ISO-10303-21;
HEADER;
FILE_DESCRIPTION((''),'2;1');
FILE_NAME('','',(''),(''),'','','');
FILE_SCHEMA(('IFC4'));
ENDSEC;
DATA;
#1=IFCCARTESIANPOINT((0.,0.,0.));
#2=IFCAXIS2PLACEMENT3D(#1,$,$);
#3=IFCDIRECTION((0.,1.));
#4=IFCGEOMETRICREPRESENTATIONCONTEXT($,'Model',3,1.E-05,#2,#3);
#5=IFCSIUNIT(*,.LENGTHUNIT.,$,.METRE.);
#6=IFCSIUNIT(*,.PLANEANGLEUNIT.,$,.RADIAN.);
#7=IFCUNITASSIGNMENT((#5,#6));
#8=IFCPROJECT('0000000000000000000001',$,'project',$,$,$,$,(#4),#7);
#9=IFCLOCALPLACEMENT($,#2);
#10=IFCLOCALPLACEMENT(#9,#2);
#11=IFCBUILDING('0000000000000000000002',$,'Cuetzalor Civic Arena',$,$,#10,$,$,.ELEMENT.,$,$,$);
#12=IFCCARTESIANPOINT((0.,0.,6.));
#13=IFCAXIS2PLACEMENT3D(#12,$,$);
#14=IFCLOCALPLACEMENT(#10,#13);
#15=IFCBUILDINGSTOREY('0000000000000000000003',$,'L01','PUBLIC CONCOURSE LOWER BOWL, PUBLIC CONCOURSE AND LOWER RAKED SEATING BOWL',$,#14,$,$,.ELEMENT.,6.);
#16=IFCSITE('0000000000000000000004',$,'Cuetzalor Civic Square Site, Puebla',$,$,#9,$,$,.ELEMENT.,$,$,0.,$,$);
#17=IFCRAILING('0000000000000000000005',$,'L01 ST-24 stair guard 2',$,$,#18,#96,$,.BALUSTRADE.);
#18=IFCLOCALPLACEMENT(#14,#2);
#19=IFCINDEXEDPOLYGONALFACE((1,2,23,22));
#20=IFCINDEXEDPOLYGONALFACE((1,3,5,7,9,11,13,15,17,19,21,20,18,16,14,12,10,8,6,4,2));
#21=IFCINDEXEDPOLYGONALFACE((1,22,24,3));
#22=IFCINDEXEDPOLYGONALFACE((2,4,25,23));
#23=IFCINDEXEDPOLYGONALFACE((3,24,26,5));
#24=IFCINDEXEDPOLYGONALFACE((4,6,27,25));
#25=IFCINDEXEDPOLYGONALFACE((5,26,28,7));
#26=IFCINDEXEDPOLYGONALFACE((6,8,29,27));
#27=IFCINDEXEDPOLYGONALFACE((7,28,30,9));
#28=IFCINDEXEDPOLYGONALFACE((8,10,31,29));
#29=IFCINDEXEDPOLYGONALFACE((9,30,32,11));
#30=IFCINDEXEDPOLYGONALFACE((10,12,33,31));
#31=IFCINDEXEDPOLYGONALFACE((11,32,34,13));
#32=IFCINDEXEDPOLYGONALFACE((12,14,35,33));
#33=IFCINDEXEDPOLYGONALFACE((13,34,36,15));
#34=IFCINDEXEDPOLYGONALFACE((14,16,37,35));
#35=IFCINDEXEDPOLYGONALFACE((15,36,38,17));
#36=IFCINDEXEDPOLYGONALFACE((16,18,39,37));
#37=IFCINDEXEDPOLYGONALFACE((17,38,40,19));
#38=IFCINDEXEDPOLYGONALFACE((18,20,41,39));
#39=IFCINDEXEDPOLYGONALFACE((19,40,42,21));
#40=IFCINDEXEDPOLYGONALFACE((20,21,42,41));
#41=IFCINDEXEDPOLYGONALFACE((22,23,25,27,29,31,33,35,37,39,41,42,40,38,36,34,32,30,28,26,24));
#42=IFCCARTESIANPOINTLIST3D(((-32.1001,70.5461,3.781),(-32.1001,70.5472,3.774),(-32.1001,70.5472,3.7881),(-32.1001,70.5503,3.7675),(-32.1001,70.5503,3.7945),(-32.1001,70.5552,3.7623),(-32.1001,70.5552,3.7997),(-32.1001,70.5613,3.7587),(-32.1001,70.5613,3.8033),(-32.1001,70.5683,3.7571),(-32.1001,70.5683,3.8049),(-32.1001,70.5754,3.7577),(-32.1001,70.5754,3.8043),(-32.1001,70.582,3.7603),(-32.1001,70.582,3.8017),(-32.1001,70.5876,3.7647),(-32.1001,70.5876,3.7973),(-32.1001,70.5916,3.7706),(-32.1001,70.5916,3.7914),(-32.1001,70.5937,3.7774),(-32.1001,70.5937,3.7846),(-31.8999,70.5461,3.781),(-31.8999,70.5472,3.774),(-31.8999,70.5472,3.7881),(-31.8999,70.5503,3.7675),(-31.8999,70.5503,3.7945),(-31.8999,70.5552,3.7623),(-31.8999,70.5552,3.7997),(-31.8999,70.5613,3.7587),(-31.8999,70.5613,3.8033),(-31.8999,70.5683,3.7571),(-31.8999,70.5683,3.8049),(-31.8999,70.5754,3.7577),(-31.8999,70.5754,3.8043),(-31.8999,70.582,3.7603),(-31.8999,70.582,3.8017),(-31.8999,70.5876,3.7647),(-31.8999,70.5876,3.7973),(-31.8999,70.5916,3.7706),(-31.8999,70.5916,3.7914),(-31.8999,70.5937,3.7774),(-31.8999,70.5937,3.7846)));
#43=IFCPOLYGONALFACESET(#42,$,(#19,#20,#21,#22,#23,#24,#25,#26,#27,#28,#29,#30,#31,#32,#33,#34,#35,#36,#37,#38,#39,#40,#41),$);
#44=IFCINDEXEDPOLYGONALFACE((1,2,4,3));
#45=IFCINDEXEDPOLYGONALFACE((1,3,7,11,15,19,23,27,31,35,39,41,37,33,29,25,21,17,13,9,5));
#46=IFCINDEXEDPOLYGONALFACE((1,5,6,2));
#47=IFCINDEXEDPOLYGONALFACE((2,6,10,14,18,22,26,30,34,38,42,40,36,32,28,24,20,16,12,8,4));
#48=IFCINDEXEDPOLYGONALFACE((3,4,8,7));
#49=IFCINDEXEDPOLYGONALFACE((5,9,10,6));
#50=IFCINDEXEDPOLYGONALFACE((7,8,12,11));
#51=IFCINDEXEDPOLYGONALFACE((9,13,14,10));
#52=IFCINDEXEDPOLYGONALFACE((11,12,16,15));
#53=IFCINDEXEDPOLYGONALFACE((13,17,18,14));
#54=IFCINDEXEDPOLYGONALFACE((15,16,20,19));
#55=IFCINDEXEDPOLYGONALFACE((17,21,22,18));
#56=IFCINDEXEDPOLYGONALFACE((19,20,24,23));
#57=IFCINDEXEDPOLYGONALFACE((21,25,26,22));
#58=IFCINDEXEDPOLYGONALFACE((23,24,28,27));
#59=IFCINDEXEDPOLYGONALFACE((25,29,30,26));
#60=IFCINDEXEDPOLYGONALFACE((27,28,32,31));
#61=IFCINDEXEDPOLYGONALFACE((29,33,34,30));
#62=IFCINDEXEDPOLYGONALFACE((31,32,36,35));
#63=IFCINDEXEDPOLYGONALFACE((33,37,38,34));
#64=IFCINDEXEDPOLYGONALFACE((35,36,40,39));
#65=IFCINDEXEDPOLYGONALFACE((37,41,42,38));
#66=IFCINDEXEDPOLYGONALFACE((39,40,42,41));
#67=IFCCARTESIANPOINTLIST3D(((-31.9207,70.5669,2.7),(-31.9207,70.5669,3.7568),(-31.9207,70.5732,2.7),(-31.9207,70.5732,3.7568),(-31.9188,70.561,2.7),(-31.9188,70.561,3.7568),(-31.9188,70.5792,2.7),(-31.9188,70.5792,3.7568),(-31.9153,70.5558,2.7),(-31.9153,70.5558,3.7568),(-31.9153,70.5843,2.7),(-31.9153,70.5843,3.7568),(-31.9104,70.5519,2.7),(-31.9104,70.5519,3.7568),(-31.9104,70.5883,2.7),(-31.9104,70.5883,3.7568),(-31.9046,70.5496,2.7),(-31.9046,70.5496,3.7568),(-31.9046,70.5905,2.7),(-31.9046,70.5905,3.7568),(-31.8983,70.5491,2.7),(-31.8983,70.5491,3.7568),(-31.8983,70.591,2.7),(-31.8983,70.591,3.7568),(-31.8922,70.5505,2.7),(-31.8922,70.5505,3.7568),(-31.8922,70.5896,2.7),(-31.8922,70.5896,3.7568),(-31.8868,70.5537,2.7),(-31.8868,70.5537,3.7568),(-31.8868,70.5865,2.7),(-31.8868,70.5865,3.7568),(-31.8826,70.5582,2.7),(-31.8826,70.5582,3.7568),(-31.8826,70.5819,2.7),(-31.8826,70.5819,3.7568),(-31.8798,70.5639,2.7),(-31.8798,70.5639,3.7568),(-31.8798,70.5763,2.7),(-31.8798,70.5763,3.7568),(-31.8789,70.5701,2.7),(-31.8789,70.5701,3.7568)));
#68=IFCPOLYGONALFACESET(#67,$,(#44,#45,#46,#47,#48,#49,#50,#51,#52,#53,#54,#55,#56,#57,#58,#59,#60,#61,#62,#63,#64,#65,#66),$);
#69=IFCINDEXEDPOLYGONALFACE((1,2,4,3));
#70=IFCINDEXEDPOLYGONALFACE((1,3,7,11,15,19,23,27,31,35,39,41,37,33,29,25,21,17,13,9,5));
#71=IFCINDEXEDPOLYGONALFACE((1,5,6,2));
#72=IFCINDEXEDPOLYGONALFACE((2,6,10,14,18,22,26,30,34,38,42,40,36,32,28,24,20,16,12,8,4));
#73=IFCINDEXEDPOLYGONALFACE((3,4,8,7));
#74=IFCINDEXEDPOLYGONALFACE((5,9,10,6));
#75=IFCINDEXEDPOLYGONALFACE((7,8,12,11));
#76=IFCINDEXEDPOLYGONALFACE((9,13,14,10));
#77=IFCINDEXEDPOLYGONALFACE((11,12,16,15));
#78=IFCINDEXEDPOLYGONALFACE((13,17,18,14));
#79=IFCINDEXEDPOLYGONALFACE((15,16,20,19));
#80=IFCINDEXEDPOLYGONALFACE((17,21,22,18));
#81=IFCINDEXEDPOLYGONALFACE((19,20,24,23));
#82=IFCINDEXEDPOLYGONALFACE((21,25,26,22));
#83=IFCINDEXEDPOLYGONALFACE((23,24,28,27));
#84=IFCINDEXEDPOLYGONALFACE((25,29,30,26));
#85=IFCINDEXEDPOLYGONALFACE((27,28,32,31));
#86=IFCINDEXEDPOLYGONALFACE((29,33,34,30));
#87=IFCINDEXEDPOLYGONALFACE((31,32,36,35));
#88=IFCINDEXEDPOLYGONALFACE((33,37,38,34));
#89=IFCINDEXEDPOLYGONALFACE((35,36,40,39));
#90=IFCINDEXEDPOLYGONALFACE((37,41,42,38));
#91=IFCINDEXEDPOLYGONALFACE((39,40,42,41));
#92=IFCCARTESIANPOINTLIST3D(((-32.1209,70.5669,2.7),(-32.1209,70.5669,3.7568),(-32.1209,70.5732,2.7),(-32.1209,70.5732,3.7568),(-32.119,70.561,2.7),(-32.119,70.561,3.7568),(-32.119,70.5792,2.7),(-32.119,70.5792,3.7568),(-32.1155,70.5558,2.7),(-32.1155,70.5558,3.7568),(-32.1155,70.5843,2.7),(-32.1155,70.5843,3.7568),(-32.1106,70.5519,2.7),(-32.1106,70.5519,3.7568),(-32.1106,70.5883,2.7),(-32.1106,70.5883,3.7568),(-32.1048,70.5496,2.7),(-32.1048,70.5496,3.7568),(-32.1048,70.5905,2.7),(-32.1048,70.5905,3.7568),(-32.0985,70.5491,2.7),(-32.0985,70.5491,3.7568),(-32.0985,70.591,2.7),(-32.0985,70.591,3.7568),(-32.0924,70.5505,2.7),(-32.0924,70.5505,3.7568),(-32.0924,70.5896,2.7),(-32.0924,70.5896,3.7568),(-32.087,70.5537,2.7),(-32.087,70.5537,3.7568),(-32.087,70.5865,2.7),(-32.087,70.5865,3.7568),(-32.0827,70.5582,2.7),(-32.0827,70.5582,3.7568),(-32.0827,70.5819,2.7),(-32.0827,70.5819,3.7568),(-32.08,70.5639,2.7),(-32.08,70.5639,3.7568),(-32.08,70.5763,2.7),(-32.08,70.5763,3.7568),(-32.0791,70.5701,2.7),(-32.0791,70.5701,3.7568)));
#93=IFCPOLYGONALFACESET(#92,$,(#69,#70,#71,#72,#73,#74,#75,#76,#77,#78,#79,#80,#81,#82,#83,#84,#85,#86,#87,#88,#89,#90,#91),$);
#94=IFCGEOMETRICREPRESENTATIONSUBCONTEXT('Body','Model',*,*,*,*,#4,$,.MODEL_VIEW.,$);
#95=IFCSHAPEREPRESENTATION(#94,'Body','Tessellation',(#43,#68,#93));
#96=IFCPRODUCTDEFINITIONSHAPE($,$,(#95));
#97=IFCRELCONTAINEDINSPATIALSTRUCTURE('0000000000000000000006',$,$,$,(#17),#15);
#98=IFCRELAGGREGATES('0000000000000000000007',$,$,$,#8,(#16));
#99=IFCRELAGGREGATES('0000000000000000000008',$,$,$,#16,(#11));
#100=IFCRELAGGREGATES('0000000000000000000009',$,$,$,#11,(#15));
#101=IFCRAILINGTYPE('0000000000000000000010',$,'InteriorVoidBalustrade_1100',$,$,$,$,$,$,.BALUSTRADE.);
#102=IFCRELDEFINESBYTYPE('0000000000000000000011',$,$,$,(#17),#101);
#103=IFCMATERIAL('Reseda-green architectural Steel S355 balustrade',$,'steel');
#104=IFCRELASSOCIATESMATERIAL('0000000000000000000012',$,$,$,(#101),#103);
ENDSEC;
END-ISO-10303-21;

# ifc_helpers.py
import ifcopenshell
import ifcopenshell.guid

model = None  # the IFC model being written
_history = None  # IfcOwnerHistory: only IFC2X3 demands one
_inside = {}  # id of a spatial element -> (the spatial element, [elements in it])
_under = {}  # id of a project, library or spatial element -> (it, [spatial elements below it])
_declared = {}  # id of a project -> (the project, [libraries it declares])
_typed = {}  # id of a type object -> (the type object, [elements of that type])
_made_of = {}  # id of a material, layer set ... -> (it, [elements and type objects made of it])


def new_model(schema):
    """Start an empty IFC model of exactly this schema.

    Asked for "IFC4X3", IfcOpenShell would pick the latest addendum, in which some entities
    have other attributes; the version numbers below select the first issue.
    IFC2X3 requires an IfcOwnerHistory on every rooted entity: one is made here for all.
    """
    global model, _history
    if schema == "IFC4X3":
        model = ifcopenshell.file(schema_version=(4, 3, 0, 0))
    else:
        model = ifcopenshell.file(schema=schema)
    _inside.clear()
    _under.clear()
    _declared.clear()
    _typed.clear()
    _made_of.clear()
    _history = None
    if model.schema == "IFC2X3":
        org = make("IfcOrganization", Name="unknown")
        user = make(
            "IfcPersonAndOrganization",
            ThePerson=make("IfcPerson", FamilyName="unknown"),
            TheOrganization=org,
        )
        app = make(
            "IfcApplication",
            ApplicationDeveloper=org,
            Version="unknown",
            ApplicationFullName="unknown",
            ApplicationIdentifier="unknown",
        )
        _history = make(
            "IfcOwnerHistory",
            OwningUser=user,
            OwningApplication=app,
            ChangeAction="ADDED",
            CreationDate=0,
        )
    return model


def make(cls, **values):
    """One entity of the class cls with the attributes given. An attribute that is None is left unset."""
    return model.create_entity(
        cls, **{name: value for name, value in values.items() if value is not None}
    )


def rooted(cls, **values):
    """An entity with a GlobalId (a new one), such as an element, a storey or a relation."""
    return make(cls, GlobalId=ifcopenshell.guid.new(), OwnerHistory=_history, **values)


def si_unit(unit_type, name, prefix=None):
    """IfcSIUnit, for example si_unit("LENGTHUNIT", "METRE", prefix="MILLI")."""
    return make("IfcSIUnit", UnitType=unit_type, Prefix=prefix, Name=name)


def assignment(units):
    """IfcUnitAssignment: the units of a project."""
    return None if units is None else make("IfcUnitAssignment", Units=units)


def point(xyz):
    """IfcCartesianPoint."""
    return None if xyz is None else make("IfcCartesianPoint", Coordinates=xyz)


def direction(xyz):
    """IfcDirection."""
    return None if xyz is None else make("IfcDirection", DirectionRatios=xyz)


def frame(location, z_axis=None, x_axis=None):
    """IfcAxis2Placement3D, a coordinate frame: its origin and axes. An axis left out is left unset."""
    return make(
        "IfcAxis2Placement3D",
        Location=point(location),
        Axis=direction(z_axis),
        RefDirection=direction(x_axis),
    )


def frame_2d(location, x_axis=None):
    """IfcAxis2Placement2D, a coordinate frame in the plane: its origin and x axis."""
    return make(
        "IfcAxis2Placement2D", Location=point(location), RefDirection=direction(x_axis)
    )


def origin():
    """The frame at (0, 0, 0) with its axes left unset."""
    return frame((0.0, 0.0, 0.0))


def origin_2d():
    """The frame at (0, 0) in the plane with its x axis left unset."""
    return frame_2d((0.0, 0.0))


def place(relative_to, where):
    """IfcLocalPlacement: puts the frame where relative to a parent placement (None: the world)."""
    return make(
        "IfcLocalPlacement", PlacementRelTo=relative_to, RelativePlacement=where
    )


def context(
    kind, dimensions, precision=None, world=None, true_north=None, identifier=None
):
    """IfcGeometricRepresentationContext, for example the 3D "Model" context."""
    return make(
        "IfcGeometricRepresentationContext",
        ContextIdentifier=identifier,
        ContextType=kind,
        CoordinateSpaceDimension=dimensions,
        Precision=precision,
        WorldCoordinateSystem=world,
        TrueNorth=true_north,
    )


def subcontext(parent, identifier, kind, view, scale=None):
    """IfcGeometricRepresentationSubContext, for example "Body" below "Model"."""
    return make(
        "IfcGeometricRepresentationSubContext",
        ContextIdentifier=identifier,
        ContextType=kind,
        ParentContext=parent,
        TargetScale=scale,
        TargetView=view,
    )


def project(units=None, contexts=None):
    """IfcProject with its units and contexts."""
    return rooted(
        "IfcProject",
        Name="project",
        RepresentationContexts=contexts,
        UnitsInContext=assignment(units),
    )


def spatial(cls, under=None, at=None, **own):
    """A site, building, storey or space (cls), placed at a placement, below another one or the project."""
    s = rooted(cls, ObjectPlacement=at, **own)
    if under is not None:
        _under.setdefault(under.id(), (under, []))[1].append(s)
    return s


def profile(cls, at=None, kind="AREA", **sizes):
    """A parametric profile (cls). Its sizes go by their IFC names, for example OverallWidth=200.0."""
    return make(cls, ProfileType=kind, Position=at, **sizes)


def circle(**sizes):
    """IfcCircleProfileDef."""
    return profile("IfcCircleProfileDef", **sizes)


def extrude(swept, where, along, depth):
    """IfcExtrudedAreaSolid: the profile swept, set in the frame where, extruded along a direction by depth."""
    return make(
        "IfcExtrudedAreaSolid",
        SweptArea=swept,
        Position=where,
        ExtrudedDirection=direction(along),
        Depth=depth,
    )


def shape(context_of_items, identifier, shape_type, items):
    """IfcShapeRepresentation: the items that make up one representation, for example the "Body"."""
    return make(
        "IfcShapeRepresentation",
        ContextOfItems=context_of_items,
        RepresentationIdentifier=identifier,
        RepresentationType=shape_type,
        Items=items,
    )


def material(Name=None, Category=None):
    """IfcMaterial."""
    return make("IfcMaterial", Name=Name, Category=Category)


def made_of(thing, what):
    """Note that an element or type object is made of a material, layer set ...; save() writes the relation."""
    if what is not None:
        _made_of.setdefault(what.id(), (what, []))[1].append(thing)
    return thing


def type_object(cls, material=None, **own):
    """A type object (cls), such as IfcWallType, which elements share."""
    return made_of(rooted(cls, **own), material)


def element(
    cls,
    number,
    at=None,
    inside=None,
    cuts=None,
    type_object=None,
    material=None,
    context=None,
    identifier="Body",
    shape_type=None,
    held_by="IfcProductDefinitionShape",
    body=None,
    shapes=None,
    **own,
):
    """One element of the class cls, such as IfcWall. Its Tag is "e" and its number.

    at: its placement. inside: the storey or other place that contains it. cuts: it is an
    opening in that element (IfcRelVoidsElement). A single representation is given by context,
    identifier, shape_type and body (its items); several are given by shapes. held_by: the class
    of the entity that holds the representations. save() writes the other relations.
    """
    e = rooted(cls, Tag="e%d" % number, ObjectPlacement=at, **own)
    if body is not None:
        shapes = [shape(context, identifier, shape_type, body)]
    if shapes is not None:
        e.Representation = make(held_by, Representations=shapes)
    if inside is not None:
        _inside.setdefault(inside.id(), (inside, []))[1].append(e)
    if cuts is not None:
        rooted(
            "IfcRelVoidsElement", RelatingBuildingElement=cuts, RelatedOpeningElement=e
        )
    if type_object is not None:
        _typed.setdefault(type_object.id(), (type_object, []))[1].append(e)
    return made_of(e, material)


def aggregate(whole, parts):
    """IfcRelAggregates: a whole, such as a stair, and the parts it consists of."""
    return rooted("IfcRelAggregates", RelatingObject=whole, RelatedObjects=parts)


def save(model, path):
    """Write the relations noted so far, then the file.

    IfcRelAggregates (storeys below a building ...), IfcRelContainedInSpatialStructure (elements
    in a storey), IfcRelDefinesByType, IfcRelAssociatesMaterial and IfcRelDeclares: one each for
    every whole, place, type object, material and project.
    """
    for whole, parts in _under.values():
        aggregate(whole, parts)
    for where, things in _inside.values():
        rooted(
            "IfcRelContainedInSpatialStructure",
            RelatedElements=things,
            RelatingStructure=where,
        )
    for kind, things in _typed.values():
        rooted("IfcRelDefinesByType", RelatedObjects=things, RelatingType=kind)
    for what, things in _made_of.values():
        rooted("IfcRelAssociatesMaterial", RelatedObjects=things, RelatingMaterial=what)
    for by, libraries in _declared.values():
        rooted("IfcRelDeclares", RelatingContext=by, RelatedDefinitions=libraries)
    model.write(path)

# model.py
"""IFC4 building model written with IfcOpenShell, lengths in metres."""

from ifc_helpers import new_model, si_unit, direction, frame, origin, origin_2d, place, context, subcontext, project, spatial, circle, extrude, material, type_object, element, save


model = new_model("IFC4")

# Units and contexts
model_context = context("Model", 3, precision=1e-05, world=origin(), true_north=direction((0.0, 1.0)))
body_context = subcontext(model_context, "Body", "Model", "MODEL_VIEW")
ifc_project = project(units=[si_unit("LENGTHUNIT", "METRE"), si_unit("PLANEANGLEUNIT", "RADIAN")], contexts=[model_context])

# Site, building, storey
site_placement = place(None, origin())
site = spatial("IfcSite", under=ifc_project, at=site_placement, Name="Cuetzalor Civic Square Site, Puebla", CompositionType="ELEMENT", RefElevation=0.0)
building_placement = place(site_placement, origin())
building = spatial("IfcBuilding", under=site, at=building_placement, Name="Cuetzalor Civic Arena", CompositionType="ELEMENT")
storey_placement = place(building_placement, frame((0.0, 0.0, 6.0)))
storey = spatial("IfcBuildingStorey", under=building, at=storey_placement, Name="L01", Description="PUBLIC CONCOURSE LOWER BOWL, PUBLIC CONCOURSE AND LOWER RAKED SEATING BOWL", CompositionType="ELEMENT", Elevation=6.0)

# Railing
ifc_material_1 = material(Name="Reseda-green architectural Steel S355 balustrade", Category="steel")
railing_type_1 = type_object("IfcRailingType", Name="InteriorVoidBalustrade_1100", PredefinedType="BALUSTRADE", material=ifc_material_1)
railing_1_placement = place(storey_placement, frame((-31.8999, 70.5701, 2.7)))
element("IfcRailing", 1, at=railing_1_placement, inside=storey, type_object=railing_type_1, Name="L01 ST-24 stair guard 2", PredefinedType="BALUSTRADE", context=body_context, shape_type="SweptSolid", body=[
    extrude(circle(Radius=0.0239, at=origin_2d()), frame((0.0, 0.0, 1.0811), z_axis=(-1.0, 0.0, 0.0), x_axis=(0.0, -1.0, 0.0)), (0.0, 0.0, 1.0), 0.2002),
    extrude(circle(Radius=0.021, at=origin_2d()), origin(), (0.0, 0.0, 1.0), 1.0569),
    extrude(circle(Radius=0.021, at=origin_2d()), frame((-0.2002, 0.0, 0.0)), (0.0, 0.0, 1.0), 1.0569),
])

save(model, "model.ifc")
